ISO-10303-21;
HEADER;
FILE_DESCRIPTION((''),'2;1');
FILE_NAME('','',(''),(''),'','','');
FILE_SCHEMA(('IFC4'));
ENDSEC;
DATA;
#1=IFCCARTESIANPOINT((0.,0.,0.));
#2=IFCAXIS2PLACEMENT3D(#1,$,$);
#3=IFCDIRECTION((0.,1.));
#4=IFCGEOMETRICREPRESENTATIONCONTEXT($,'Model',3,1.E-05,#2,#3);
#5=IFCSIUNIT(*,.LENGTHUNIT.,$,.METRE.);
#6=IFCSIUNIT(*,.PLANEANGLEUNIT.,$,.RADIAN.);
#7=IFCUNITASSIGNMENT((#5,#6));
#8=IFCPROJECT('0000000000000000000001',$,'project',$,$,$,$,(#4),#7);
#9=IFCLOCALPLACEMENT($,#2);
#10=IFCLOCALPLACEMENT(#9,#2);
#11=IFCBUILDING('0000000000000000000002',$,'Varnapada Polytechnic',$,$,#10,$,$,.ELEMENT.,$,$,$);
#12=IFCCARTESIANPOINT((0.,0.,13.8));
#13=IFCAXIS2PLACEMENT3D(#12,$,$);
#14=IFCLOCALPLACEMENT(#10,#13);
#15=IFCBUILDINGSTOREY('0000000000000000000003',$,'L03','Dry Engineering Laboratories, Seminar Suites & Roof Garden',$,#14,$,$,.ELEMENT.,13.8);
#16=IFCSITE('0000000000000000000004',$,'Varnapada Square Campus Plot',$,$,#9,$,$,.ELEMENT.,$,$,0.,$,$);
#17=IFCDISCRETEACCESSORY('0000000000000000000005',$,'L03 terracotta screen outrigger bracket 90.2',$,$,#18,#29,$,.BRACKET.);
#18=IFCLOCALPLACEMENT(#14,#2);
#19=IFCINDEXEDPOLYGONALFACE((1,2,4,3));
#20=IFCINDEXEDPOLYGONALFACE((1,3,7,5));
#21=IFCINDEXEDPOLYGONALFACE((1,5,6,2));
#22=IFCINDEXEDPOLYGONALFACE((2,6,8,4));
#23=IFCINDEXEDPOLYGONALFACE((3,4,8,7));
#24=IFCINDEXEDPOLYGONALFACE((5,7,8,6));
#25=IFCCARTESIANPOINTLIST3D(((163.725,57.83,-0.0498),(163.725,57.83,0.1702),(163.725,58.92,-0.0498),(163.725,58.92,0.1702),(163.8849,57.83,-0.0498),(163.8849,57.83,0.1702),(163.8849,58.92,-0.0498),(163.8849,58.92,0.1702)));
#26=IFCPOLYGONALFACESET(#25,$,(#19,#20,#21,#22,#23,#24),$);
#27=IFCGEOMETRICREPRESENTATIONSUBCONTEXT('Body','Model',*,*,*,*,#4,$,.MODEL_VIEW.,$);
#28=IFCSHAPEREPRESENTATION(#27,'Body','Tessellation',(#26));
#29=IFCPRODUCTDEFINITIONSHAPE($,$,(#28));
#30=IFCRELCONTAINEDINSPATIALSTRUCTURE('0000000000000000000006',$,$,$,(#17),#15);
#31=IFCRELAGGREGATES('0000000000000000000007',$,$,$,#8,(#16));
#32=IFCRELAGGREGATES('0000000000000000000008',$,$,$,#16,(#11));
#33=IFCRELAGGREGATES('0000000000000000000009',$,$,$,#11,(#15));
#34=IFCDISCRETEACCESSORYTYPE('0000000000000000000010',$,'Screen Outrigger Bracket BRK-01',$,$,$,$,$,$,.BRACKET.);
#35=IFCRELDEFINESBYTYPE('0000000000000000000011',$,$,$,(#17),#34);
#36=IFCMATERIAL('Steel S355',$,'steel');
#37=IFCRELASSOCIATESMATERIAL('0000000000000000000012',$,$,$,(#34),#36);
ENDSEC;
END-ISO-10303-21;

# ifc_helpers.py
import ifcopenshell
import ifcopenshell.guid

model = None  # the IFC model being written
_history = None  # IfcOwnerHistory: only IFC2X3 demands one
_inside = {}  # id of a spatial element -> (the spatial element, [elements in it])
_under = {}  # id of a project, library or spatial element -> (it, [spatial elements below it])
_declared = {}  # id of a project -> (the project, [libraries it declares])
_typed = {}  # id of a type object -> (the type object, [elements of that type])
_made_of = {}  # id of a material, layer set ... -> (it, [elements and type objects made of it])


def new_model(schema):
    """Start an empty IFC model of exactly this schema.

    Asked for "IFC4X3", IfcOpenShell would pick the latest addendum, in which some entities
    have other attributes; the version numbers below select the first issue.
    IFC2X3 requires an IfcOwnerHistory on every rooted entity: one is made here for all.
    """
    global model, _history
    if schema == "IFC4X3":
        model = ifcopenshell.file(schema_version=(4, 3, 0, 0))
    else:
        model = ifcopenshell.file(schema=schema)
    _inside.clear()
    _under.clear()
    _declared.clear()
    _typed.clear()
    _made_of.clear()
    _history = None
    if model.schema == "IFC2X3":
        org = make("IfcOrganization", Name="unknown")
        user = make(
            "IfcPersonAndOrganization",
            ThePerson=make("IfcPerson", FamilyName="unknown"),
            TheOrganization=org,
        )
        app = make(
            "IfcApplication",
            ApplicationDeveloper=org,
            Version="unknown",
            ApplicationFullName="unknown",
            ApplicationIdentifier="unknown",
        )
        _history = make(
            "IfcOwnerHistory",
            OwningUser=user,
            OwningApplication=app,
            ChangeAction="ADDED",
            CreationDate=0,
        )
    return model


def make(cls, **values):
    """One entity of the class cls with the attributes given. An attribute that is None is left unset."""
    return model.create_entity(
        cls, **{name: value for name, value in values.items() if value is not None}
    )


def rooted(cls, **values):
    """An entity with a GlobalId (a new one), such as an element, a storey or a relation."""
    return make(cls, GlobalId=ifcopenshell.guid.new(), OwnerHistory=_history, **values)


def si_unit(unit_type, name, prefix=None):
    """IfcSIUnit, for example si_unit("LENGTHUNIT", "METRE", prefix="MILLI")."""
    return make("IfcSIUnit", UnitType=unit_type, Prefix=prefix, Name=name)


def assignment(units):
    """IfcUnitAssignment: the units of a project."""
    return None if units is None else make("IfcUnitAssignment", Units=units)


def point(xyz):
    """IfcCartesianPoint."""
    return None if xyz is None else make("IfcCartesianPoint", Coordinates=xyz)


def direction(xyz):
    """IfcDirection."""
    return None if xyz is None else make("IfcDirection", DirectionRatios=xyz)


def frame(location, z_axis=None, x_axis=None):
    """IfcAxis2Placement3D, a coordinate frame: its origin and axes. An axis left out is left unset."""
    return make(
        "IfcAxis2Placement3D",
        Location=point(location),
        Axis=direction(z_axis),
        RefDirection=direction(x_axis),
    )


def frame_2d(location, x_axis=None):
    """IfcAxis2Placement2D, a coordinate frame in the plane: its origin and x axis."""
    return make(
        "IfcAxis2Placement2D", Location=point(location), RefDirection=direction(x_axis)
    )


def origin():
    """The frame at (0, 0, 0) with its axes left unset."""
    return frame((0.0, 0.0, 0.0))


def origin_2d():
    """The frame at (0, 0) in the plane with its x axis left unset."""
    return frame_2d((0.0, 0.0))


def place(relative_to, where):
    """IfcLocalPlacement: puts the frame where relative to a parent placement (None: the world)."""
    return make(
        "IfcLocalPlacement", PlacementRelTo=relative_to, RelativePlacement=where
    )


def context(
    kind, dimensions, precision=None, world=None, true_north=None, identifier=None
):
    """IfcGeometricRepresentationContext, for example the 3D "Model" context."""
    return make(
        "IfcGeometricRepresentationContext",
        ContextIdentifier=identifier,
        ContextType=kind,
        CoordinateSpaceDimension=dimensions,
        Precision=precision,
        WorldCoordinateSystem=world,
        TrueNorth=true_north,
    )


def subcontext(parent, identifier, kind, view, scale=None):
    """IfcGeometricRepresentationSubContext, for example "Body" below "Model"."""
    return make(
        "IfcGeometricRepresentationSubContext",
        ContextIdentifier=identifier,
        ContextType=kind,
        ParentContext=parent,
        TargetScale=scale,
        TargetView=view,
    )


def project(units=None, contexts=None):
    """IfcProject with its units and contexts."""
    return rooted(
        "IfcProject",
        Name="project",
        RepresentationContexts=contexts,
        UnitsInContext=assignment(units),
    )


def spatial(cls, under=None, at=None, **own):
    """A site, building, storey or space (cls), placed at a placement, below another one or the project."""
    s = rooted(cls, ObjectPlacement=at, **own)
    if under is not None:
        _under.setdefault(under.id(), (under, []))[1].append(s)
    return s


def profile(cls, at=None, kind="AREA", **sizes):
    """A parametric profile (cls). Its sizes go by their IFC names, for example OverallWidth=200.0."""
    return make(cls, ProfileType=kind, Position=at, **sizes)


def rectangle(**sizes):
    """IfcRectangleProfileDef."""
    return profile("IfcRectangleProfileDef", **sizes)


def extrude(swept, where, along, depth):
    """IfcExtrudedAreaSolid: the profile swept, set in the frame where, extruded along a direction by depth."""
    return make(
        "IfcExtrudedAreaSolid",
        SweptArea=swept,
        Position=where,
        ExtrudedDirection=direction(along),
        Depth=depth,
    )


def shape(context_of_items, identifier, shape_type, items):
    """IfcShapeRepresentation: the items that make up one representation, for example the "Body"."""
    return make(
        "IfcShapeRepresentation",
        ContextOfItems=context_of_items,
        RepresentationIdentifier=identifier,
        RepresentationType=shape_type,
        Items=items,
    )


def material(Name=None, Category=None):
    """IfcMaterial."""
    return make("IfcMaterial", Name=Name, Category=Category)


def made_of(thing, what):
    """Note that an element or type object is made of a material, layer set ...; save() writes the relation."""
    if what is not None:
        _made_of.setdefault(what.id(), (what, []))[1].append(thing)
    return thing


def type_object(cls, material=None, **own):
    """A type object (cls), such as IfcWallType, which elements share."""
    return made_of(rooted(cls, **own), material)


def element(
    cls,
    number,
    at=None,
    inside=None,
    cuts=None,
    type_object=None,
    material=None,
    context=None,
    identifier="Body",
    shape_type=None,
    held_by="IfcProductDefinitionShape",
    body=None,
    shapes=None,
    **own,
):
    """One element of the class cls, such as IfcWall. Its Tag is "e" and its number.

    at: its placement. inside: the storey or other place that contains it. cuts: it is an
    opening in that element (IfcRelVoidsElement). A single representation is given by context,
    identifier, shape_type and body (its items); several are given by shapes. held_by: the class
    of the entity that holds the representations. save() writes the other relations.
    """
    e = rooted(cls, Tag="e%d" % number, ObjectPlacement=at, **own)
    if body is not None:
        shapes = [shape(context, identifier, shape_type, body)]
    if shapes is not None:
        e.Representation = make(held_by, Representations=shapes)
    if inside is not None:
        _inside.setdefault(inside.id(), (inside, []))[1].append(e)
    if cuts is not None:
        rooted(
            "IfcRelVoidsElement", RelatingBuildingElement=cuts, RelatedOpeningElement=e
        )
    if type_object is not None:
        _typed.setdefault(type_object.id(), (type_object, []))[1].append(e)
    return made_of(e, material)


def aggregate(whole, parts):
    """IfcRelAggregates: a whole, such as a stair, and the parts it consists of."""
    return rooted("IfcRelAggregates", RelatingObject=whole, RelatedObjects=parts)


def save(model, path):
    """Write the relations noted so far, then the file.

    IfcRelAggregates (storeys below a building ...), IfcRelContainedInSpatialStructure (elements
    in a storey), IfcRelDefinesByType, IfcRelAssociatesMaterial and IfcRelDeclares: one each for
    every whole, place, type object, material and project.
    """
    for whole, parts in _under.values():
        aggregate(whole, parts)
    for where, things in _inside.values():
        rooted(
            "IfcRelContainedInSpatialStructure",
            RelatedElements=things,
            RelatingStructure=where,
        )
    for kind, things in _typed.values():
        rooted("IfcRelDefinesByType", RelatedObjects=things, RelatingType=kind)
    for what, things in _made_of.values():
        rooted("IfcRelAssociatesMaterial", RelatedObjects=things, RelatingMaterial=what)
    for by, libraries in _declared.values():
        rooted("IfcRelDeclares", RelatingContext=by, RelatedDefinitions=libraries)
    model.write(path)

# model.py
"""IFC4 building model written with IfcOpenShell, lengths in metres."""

from ifc_helpers import new_model, si_unit, direction, frame, origin, origin_2d, place, context, subcontext, project, spatial, rectangle, extrude, material, type_object, element, save


model = new_model("IFC4")

# Units and contexts
model_context = context("Model", 3, precision=1e-05, world=origin(), true_north=direction((0.0, 1.0)))
body_context = subcontext(model_context, "Body", "Model", "MODEL_VIEW")
ifc_project = project(units=[si_unit("LENGTHUNIT", "METRE"), si_unit("PLANEANGLEUNIT", "RADIAN")], contexts=[model_context])

# Site, building, storey
site_placement = place(None, origin())
site = spatial("IfcSite", under=ifc_project, at=site_placement, Name="Varnapada Square Campus Plot", CompositionType="ELEMENT", RefElevation=0.0)
building_placement = place(site_placement, origin())
building = spatial("IfcBuilding", under=site, at=building_placement, Name="Varnapada Polytechnic", CompositionType="ELEMENT")
storey_placement = place(building_placement, frame((0.0, 0.0, 13.8)))
storey = spatial("IfcBuildingStorey", under=building, at=storey_placement, Name="L03", Description="Dry Engineering Laboratories, Seminar Suites & Roof Garden", CompositionType="ELEMENT", Elevation=13.8)

# Discrete accessory
ifc_material_1 = material(Name="Steel S355", Category="steel")
discrete_accessory_type = type_object("IfcDiscreteAccessoryType", Name="Screen Outrigger Bracket BRK-01", PredefinedType="BRACKET", material=ifc_material_1)
discrete_accessory_placement = place(storey_placement, frame((163.8049, 58.375, -0.0498), z_axis=(0.0, 0.0, 1.0), x_axis=(-1.0, 0.0, 0.0)))
element("IfcDiscreteAccessory", 1, at=discrete_accessory_placement, inside=storey, type_object=discrete_accessory_type, Name="L03 terracotta screen outrigger bracket 90.2", PredefinedType="BRACKET", context=body_context, shape_type="SweptSolid", body=[
    extrude(rectangle(XDim=0.1599, YDim=1.0901, at=origin_2d()), origin(), (0.0, 0.0, 1.0), 0.22),
])

save(model, "model.ifc")
